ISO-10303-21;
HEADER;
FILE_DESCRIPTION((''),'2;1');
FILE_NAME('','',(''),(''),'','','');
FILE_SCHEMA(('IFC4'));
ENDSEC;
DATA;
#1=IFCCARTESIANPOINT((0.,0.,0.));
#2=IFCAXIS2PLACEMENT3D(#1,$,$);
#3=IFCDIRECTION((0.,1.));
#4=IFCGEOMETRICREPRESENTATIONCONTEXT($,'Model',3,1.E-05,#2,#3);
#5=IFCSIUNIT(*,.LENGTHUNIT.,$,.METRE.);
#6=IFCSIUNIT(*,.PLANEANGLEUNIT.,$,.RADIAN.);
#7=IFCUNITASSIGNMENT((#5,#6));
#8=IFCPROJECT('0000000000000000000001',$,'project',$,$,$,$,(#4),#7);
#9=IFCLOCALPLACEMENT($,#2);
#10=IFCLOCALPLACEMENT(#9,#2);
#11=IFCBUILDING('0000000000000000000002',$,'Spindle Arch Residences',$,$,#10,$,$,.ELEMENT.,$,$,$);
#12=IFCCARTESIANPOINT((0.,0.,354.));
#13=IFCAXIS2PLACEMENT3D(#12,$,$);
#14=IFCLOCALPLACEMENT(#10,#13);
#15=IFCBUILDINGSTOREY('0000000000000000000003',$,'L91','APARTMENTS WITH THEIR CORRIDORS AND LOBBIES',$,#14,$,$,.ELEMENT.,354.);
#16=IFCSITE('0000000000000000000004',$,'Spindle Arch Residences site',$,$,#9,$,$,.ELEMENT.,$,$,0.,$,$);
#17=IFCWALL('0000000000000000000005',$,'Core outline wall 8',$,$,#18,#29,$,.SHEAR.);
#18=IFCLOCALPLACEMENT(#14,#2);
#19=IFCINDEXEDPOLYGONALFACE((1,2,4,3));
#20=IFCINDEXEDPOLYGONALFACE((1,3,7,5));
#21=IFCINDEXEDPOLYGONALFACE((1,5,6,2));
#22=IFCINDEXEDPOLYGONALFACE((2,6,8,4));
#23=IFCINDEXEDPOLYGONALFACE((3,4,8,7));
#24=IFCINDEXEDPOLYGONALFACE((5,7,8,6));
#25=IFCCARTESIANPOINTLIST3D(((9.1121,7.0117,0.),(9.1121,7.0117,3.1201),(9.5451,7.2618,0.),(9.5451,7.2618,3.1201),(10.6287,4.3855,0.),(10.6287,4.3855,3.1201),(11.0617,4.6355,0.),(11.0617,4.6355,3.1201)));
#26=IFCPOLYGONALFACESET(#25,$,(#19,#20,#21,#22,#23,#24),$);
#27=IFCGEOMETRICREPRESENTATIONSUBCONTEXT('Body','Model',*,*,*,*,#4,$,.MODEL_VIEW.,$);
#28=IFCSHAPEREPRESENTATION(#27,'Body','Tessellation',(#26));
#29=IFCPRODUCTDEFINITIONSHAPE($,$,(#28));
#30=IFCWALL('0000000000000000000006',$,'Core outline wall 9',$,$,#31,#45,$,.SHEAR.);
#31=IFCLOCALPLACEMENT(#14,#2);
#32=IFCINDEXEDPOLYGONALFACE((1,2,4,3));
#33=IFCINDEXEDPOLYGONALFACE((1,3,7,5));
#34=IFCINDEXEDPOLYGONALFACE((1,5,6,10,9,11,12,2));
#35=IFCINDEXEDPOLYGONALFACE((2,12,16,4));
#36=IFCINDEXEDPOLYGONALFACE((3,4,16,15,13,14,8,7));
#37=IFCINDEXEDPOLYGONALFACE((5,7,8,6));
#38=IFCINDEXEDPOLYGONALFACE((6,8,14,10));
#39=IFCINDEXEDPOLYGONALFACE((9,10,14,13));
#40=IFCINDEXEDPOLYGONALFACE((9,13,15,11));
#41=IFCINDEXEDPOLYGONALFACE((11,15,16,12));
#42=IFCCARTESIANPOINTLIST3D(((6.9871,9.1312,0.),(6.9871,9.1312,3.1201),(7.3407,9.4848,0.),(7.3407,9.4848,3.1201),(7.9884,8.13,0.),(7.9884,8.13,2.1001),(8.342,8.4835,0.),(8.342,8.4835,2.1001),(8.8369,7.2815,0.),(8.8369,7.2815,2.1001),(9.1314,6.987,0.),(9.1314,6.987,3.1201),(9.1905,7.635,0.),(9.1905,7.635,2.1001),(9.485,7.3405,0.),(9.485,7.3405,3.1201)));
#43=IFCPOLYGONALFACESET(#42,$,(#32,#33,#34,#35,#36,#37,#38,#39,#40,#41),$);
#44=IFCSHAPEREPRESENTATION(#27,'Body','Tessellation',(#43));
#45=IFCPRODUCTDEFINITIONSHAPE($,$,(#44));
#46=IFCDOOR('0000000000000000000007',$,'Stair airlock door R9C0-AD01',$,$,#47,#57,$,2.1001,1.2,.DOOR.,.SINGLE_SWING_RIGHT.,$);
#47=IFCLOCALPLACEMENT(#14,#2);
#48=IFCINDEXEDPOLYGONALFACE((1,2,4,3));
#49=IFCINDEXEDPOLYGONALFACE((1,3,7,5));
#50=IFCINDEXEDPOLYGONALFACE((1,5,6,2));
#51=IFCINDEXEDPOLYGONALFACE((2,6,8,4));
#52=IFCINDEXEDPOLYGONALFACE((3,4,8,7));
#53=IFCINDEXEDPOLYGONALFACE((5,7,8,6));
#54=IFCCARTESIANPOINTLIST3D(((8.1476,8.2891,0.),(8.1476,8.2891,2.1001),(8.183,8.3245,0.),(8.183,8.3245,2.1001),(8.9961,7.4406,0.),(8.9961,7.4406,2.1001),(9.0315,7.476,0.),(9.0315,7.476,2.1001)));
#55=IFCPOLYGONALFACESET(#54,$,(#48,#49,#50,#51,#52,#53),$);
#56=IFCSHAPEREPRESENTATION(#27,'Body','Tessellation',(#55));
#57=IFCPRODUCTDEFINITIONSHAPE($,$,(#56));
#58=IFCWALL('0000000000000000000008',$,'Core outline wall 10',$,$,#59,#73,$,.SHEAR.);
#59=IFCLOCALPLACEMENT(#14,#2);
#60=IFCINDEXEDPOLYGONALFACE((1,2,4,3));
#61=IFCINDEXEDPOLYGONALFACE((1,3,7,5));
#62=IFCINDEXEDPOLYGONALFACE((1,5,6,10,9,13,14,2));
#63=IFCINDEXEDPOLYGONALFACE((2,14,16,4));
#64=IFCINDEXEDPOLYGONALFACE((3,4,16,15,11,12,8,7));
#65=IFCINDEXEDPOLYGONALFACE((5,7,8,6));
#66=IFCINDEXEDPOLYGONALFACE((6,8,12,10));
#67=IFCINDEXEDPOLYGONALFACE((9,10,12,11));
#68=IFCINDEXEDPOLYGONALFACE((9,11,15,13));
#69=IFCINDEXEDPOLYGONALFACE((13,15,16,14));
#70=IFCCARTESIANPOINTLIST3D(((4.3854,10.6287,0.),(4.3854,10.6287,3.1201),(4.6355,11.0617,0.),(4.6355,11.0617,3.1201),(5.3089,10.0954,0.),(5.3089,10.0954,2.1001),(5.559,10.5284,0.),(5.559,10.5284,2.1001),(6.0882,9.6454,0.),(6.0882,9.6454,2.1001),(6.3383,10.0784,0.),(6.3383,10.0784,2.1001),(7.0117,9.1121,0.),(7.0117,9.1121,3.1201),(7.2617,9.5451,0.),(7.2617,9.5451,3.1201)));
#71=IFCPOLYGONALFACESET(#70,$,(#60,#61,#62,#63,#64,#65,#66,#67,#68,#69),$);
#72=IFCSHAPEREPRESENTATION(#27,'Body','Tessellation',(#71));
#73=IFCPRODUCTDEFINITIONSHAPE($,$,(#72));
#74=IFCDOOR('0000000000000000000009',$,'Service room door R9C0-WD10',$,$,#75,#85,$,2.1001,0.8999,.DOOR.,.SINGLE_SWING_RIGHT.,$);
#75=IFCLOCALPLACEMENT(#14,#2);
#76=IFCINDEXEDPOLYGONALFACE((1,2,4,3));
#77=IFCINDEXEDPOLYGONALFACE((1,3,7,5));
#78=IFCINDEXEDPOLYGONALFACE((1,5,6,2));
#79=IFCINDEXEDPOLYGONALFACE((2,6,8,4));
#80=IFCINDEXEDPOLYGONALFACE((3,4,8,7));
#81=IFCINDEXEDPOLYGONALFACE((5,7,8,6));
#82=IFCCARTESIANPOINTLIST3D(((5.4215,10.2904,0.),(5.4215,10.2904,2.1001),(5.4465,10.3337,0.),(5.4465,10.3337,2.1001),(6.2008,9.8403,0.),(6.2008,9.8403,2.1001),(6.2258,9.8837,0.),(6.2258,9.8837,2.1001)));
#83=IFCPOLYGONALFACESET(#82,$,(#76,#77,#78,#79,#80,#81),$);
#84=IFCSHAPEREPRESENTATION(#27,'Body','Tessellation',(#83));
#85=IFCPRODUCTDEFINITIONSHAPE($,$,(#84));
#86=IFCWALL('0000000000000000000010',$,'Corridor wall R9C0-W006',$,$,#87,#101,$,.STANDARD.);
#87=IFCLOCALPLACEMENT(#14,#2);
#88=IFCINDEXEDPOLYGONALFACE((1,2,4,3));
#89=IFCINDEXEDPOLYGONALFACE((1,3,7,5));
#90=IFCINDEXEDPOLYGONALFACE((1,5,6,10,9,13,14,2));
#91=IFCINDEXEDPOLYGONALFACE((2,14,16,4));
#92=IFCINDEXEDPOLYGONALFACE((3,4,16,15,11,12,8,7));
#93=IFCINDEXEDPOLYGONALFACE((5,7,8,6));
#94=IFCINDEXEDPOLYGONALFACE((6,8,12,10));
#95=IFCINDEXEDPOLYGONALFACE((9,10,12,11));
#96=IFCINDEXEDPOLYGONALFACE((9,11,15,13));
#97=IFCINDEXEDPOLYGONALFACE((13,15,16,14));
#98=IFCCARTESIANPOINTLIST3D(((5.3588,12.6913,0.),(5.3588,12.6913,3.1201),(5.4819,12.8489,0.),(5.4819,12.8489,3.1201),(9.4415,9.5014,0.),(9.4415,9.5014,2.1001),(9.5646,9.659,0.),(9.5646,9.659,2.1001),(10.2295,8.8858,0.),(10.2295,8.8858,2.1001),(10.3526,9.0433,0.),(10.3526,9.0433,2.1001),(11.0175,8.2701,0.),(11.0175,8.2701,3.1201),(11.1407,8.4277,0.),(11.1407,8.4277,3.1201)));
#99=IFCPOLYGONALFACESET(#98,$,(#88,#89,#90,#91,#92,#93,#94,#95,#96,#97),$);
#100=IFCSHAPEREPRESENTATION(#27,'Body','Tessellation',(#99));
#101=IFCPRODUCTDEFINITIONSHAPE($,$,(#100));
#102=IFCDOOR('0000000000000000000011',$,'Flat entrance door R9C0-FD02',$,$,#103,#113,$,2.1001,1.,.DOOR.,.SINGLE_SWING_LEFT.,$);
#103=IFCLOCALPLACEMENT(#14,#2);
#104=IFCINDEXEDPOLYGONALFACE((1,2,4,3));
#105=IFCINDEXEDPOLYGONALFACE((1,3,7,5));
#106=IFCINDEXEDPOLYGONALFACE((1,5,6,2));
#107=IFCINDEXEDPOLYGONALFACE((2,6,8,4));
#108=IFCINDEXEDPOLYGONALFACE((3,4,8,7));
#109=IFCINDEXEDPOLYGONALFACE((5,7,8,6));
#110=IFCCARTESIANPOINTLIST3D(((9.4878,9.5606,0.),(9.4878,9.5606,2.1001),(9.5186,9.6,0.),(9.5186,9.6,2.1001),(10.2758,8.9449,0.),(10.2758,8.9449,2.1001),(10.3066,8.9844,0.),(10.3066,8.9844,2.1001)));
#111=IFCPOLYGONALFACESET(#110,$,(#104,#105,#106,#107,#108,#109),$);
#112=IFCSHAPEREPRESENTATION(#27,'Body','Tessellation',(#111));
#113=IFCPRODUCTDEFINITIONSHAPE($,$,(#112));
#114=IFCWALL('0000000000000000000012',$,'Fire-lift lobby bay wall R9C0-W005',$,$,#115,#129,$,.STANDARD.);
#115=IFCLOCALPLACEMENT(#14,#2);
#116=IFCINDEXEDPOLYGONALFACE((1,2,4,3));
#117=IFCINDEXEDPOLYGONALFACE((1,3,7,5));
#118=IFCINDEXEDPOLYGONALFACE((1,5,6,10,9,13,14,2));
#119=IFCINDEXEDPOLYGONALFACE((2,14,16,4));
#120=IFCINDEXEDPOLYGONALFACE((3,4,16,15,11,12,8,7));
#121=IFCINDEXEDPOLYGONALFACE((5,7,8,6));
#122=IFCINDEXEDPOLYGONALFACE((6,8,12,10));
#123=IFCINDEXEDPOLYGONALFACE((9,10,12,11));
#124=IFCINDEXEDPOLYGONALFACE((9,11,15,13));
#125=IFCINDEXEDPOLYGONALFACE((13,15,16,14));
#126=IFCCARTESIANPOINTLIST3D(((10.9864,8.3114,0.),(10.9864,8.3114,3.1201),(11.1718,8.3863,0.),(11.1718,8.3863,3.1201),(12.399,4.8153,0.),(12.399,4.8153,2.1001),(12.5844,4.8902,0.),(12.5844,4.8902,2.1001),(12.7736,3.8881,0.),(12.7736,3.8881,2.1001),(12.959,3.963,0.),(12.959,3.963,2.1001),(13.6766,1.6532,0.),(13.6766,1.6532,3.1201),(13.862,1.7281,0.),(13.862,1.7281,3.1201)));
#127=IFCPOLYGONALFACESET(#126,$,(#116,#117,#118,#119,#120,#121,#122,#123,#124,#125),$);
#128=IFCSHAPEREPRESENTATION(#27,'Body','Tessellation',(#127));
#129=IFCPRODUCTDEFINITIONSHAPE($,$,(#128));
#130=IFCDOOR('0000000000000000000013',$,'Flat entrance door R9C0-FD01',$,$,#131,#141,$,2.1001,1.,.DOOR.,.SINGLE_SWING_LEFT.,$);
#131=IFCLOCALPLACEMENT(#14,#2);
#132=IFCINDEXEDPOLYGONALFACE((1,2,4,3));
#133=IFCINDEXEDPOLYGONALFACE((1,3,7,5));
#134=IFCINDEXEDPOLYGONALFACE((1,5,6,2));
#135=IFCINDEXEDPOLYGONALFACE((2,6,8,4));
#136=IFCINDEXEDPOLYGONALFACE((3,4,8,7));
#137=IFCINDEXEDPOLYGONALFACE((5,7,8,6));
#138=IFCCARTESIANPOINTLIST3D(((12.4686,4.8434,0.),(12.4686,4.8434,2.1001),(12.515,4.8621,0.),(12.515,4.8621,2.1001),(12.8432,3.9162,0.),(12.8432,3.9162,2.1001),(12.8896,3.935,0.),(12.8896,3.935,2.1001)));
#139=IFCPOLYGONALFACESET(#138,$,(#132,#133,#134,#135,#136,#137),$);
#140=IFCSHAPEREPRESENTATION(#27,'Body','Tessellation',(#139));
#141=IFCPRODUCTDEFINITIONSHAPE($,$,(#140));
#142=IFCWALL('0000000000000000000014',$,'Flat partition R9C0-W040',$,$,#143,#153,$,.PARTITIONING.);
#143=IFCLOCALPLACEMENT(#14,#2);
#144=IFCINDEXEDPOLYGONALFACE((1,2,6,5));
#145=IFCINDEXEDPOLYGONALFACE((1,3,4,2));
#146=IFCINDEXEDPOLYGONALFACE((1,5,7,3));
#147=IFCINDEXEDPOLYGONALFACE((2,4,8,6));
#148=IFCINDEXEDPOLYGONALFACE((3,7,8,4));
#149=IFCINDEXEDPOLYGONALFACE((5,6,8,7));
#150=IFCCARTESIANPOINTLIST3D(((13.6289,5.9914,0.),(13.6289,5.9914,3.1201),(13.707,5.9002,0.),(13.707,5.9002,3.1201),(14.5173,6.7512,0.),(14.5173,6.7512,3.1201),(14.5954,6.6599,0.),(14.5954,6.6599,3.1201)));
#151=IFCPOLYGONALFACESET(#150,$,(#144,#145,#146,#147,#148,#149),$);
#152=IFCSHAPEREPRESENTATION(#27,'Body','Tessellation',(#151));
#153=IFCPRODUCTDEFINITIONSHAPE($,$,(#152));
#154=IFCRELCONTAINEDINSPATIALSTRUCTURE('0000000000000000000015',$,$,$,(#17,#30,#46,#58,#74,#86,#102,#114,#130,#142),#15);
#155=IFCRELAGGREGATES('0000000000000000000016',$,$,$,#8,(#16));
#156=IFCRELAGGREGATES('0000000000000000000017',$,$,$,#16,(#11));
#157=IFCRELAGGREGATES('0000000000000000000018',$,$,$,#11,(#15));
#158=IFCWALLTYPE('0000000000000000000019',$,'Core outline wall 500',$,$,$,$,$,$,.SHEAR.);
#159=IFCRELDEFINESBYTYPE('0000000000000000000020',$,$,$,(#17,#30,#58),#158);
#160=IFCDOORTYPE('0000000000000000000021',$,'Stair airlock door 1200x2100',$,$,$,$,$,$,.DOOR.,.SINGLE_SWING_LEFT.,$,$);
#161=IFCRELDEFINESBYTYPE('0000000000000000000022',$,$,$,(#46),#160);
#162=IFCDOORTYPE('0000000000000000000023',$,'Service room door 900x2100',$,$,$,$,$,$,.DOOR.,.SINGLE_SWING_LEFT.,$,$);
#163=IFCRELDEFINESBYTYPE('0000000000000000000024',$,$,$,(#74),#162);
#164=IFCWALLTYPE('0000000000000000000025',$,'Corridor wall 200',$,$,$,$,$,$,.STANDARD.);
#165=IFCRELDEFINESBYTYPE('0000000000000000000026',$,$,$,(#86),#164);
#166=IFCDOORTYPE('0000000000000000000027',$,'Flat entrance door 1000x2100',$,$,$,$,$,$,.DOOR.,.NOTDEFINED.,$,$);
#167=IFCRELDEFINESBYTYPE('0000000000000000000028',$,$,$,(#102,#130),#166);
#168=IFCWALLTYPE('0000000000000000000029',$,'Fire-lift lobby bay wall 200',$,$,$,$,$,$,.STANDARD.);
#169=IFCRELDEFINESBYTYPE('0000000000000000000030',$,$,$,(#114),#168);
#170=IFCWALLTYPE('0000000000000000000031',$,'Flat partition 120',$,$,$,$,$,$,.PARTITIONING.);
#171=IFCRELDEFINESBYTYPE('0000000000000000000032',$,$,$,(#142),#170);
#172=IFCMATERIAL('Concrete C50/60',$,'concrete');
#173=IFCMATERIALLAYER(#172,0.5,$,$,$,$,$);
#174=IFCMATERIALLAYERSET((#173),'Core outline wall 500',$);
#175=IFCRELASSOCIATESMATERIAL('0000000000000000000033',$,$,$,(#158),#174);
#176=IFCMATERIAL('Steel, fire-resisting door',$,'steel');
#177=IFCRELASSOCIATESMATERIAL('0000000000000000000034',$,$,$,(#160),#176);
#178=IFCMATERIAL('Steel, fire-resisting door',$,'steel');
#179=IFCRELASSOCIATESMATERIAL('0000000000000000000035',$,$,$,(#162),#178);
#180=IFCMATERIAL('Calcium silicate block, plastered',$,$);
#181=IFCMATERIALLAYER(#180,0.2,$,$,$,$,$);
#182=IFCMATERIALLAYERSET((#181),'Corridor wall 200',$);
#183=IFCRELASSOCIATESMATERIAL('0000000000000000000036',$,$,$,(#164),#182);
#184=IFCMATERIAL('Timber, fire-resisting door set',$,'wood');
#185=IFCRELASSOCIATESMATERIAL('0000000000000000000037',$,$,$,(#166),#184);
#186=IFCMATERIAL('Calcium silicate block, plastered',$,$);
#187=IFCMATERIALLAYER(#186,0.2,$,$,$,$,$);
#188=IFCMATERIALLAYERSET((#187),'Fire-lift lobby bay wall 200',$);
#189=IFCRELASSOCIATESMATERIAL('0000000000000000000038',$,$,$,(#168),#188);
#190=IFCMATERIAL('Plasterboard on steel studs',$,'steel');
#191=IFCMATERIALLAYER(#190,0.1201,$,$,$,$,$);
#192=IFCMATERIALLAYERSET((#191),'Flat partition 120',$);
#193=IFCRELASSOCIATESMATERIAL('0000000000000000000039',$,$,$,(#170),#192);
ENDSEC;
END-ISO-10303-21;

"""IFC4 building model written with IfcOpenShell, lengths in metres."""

from ifc_helpers import new_model, si_unit, direction, frame, frame_2d, origin, place, context, subcontext, project, spatial, rectangle, extrude, material, layer, layer_set, type_object, element, fill, save


model = new_model("IFC4")

# Units and contexts
model_context = context("Model", 3, precision=1e-05, world=origin(), true_north=direction((0.0, 1.0)))
body_context = subcontext(model_context, "Body", "Model", "MODEL_VIEW")
ifc_project = project(units=[si_unit("LENGTHUNIT", "METRE"), si_unit("PLANEANGLEUNIT", "RADIAN")], contexts=[model_context])

# Site, building, storey
site_placement = place(None, origin())
site = spatial("IfcSite", under=ifc_project, at=site_placement, Name="Spindle Arch Residences site", CompositionType="ELEMENT", RefElevation=0.0)
building_placement = place(site_placement, origin())
building = spatial("IfcBuilding", under=site, at=building_placement, Name="Spindle Arch Residences", CompositionType="ELEMENT")
storey_placement = place(building_placement, frame((0.0, 0.0, 354.0)))
storey = spatial("IfcBuildingStorey", under=building, at=storey_placement, Name="L91", Description="APARTMENTS WITH THEIR CORRIDORS AND LOBBIES", CompositionType="ELEMENT", Elevation=354.0)

# Wall
ifc_material_1 = material(Name="Concrete C50/60", Category="concrete")
ifc_layer_1 = layer(ifc_material_1, 0.5)
ifc_layer_set_1 = layer_set([ifc_layer_1], Name="Core outline wall 500")
wall_type_1 = type_object("IfcWallType", Name="Core outline wall 500", PredefinedType="SHEAR", material=ifc_layer_set_1)
wall_1_placement = place(storey_placement, frame((10.8452, 4.5105, 0.0), z_axis=(0.0, 0.0, 1.0), x_axis=(-0.500087, 0.865975, 0.0)))
element("IfcWall", 1, at=wall_1_placement, inside=storey, type_object=wall_type_1, Name="Core outline wall 8", PredefinedType="SHEAR", context=body_context, shape_type="SweptSolid", body=[
    extrude(rectangle(XDim=3.0327, YDim=0.5, at=frame_2d((1.5164, 0.0))), origin(), (0.0, 0.0, 1.0), 3.1201),
])

# Walls, openings, doors
wall_2_placement = place(storey_placement, frame((9.3081, 7.1638, 0.0), z_axis=(0.0, 0.0, 1.0), x_axis=(-0.707107, 0.707107, 0.0)))
wall_2 = element("IfcWall", 2, at=wall_2_placement, inside=storey, type_object=wall_type_1, Name="Core outline wall 9", PredefinedType="SHEAR", context=body_context, shape_type="SweptSolid", body=[
    extrude(rectangle(XDim=3.0325, YDim=0.5, at=frame_2d((1.5161, 0.0))), origin(), (0.0, 0.0, 1.0), 3.1201),
])
opening_1_placement = place(wall_2_placement, frame((0.4163, 0.0, 0.0)))
opening_1 = element("IfcOpeningElement", 3, at=opening_1_placement, cuts=wall_2, PredefinedType="OPENING", context=body_context, shape_type="SweptSolid", body=[
    extrude(rectangle(XDim=1.2, YDim=2.1001, at=frame_2d((0.6001, 1.05))), frame((0.0, 0.26, 0.0), z_axis=(0.0, -1.0, 0.0), x_axis=(1.0, 0.0, 0.0)), (0.0, 0.0, 1.0), 0.52),
])
ifc_material_2 = material(Name="Steel, fire-resisting door", Category="steel")
door_type_1 = type_object("IfcDoorType", Name="Stair airlock door 1200x2100", OperationType="SINGLE_SWING_LEFT", PredefinedType="DOOR", material=ifc_material_2)
door_1_placement = place(opening_1_placement, origin())
door_1 = element("IfcDoor", 4, at=door_1_placement, inside=storey, type_object=door_type_1, Name="Stair airlock door R9C0-AD01", OperationType="SINGLE_SWING_RIGHT", OverallHeight=2.1001, OverallWidth=1.2, PredefinedType="DOOR", context=body_context, shape_type="SweptSolid", body=[
    extrude(rectangle(XDim=1.2, YDim=2.1001, at=frame_2d((0.6001, 1.05))), frame((0.0, 0.0249, 0.0), z_axis=(0.0, -1.0, 0.0), x_axis=(1.0, 0.0, 0.0)), (0.0, 0.0, 1.0), 0.05),
])
fill(opening_1, door_1)
wall_3_placement = place(storey_placement, frame((7.1367, 9.3286, 0.0), z_axis=(0.0, 0.0, 1.0), x_axis=(-0.865975, 0.500087, 0.0)))
wall_3 = element("IfcWall", 5, at=wall_3_placement, inside=storey, type_object=wall_type_1, Name="Core outline wall 10", PredefinedType="SHEAR", context=body_context, shape_type="SweptSolid", body=[
    extrude(rectangle(XDim=3.0327, YDim=0.5, at=frame_2d((1.5164, 0.0))), origin(), (0.0, 0.0, 1.0), 3.1201),
])
opening_2_placement = place(wall_3_placement, frame((1.0664, 0.0, 0.0)))
opening_2 = element("IfcOpeningElement", 6, at=opening_2_placement, cuts=wall_3, PredefinedType="OPENING", context=body_context, shape_type="SweptSolid", body=[
    extrude(rectangle(XDim=0.8999, YDim=2.1001, at=frame_2d((0.45, 1.05))), frame((0.0, 0.26, 0.0), z_axis=(0.0, -1.0, 0.0), x_axis=(1.0, 0.0, 0.0)), (0.0, 0.0, 1.0), 0.52),
])
ifc_material_3 = material(Name="Steel, fire-resisting door", Category="steel")
door_type_2 = type_object("IfcDoorType", Name="Service room door 900x2100", OperationType="SINGLE_SWING_LEFT", PredefinedType="DOOR", material=ifc_material_3)
door_2_placement = place(opening_2_placement, origin())
door_2 = element("IfcDoor", 7, at=door_2_placement, inside=storey, type_object=door_type_2, Name="Service room door R9C0-WD10", OperationType="SINGLE_SWING_RIGHT", OverallHeight=2.1001, OverallWidth=0.8999, PredefinedType="DOOR", context=body_context, shape_type="SweptSolid", body=[
    extrude(rectangle(XDim=0.8999, YDim=2.1001, at=frame_2d((0.45, 1.05))), frame((0.0, 0.0249, 0.0), z_axis=(0.0, -1.0, 0.0), x_axis=(1.0, 0.0, 0.0)), (0.0, 0.0, 1.0), 0.05),
])
fill(opening_2, door_2)
ifc_material_4 = material(Name="Calcium silicate block, plastered")
ifc_layer_2 = layer(ifc_material_4, 0.2)
ifc_layer_set_2 = layer_set([ifc_layer_2], Name="Corridor wall 200")
wall_type_2 = type_object("IfcWallType", Name="Corridor wall 200", PredefinedType="STANDARD", material=ifc_layer_set_2)
wall_4_placement = place(storey_placement, frame((11.0791, 8.3489, 0.0), z_axis=(0.0, 0.0, 1.0), x_axis=(-0.788005, 0.615669, 0.0)))
wall_4 = element("IfcWall", 8, at=wall_4_placement, inside=storey, type_object=wall_type_2, Name="Corridor wall R9C0-W006", PredefinedType="STANDARD", context=body_context, shape_type="SweptSolid", body=[
    extrude(rectangle(XDim=7.1812, YDim=0.2, at=frame_2d((3.5906, 0.0))), origin(), (0.0, 0.0, 1.0), 3.1201),
])
opening_3_placement = place(wall_4_placement, frame((1.0, 0.0, 0.0)))
opening_3 = element("IfcOpeningElement", 9, at=opening_3_placement, cuts=wall_4, PredefinedType="OPENING", context=body_context, shape_type="SweptSolid", body=[
    extrude(rectangle(XDim=1.0, YDim=2.1001, at=frame_2d((0.5, 1.05))), frame((0.0, 0.1099, 0.0), z_axis=(0.0, -1.0, 0.0), x_axis=(1.0, 0.0, 0.0)), (0.0, 0.0, 1.0), 0.22),
])
ifc_material_5 = material(Name="Timber, fire-resisting door set", Category="wood")
door_type_3 = type_object("IfcDoorType", Name="Flat entrance door 1000x2100", OperationType="NOTDEFINED", PredefinedType="DOOR", material=ifc_material_5)
door_3_placement = place(opening_3_placement, origin())
door_3 = element("IfcDoor", 10, at=door_3_placement, inside=storey, type_object=door_type_3, Name="Flat entrance door R9C0-FD02", OperationType="SINGLE_SWING_LEFT", OverallHeight=2.1001, OverallWidth=1.0, PredefinedType="DOOR", context=body_context, shape_type="SweptSolid", body=[
    extrude(rectangle(XDim=1.0, YDim=2.1001, at=frame_2d((0.5, 1.05))), frame((0.0, 0.0249, 0.0), z_axis=(0.0, -1.0, 0.0), x_axis=(1.0, 0.0, 0.0)), (0.0, 0.0, 1.0), 0.05),
])
fill(opening_3, door_3)
ifc_material_6 = material(Name="Calcium silicate block, plastered")
ifc_layer_3 = layer(ifc_material_6, 0.2)
ifc_layer_set_3 = layer_set([ifc_layer_3], Name="Fire-lift lobby bay wall 200")
wall_type_3 = type_object("IfcWallType", Name="Fire-lift lobby bay wall 200", PredefinedType="STANDARD", material=ifc_layer_set_3)
wall_5_placement = place(storey_placement, frame((13.7693, 1.6907, 0.0), z_axis=(0.0, 0.0, 1.0), x_axis=(-0.374618, 0.927179, 0.0)))
wall_5 = element("IfcWall", 11, at=wall_5_placement, inside=storey, type_object=wall_type_3, Name="Fire-lift lobby bay wall R9C0-W005", PredefinedType="STANDARD", context=body_context, shape_type="SweptSolid", body=[
    extrude(rectangle(XDim=7.1812, YDim=0.2, at=frame_2d((3.5906, 0.0))), origin(), (0.0, 0.0, 1.0), 3.1201),
])
opening_4_placement = place(wall_5_placement, frame((2.4104, 0.0, 0.0)))
opening_4 = element("IfcOpeningElement", 12, at=opening_4_placement, cuts=wall_5, PredefinedType="OPENING", context=body_context, shape_type="SweptSolid", body=[
    extrude(rectangle(XDim=1.0, YDim=2.1001, at=frame_2d((0.5, 1.05))), frame((0.0, 0.1099, 0.0), z_axis=(0.0, -1.0, 0.0), x_axis=(1.0, 0.0, 0.0)), (0.0, 0.0, 1.0), 0.22),
])
door_4_placement = place(opening_4_placement, origin())
door_4 = element("IfcDoor", 13, at=door_4_placement, inside=storey, type_object=door_type_3, Name="Flat entrance door R9C0-FD01", OperationType="SINGLE_SWING_LEFT", OverallHeight=2.1001, OverallWidth=1.0, PredefinedType="DOOR", context=body_context, shape_type="SweptSolid", body=[
    extrude(rectangle(XDim=1.0, YDim=2.1001, at=frame_2d((0.5, 1.05))), frame((0.0, 0.0249, 0.0), z_axis=(0.0, -1.0, 0.0), x_axis=(1.0, 0.0, 0.0)), (0.0, 0.0, 1.0), 0.05),
])
fill(opening_4, door_4)

# Wall
ifc_material_7 = material(Name="Plasterboard on steel studs", Category="steel")
ifc_layer_4 = layer(ifc_material_7, 0.1201)
ifc_layer_set_4 = layer_set([ifc_layer_4], Name="Flat partition 120")
wall_type_4 = type_object("IfcWallType", Name="Flat partition 120", PredefinedType="PARTITIONING", material=ifc_layer_set_4)
wall_6_placement = place(storey_placement, frame((13.668, 5.9458, 0.0), z_axis=(0.0, 0.0, 1.0), x_axis=(0.759993, 0.649931, 0.0)))
element("IfcWall", 14, at=wall_6_placement, inside=storey, type_object=wall_type_4, Name="Flat partition R9C0-W040", PredefinedType="PARTITIONING", context=body_context, shape_type="SweptSolid", body=[
    extrude(rectangle(XDim=1.1689, YDim=0.1201, at=frame_2d((0.5845, 0.0))), origin(), (0.0, 0.0, 1.0), 3.1201),
])

save(model, "model.ifc")
